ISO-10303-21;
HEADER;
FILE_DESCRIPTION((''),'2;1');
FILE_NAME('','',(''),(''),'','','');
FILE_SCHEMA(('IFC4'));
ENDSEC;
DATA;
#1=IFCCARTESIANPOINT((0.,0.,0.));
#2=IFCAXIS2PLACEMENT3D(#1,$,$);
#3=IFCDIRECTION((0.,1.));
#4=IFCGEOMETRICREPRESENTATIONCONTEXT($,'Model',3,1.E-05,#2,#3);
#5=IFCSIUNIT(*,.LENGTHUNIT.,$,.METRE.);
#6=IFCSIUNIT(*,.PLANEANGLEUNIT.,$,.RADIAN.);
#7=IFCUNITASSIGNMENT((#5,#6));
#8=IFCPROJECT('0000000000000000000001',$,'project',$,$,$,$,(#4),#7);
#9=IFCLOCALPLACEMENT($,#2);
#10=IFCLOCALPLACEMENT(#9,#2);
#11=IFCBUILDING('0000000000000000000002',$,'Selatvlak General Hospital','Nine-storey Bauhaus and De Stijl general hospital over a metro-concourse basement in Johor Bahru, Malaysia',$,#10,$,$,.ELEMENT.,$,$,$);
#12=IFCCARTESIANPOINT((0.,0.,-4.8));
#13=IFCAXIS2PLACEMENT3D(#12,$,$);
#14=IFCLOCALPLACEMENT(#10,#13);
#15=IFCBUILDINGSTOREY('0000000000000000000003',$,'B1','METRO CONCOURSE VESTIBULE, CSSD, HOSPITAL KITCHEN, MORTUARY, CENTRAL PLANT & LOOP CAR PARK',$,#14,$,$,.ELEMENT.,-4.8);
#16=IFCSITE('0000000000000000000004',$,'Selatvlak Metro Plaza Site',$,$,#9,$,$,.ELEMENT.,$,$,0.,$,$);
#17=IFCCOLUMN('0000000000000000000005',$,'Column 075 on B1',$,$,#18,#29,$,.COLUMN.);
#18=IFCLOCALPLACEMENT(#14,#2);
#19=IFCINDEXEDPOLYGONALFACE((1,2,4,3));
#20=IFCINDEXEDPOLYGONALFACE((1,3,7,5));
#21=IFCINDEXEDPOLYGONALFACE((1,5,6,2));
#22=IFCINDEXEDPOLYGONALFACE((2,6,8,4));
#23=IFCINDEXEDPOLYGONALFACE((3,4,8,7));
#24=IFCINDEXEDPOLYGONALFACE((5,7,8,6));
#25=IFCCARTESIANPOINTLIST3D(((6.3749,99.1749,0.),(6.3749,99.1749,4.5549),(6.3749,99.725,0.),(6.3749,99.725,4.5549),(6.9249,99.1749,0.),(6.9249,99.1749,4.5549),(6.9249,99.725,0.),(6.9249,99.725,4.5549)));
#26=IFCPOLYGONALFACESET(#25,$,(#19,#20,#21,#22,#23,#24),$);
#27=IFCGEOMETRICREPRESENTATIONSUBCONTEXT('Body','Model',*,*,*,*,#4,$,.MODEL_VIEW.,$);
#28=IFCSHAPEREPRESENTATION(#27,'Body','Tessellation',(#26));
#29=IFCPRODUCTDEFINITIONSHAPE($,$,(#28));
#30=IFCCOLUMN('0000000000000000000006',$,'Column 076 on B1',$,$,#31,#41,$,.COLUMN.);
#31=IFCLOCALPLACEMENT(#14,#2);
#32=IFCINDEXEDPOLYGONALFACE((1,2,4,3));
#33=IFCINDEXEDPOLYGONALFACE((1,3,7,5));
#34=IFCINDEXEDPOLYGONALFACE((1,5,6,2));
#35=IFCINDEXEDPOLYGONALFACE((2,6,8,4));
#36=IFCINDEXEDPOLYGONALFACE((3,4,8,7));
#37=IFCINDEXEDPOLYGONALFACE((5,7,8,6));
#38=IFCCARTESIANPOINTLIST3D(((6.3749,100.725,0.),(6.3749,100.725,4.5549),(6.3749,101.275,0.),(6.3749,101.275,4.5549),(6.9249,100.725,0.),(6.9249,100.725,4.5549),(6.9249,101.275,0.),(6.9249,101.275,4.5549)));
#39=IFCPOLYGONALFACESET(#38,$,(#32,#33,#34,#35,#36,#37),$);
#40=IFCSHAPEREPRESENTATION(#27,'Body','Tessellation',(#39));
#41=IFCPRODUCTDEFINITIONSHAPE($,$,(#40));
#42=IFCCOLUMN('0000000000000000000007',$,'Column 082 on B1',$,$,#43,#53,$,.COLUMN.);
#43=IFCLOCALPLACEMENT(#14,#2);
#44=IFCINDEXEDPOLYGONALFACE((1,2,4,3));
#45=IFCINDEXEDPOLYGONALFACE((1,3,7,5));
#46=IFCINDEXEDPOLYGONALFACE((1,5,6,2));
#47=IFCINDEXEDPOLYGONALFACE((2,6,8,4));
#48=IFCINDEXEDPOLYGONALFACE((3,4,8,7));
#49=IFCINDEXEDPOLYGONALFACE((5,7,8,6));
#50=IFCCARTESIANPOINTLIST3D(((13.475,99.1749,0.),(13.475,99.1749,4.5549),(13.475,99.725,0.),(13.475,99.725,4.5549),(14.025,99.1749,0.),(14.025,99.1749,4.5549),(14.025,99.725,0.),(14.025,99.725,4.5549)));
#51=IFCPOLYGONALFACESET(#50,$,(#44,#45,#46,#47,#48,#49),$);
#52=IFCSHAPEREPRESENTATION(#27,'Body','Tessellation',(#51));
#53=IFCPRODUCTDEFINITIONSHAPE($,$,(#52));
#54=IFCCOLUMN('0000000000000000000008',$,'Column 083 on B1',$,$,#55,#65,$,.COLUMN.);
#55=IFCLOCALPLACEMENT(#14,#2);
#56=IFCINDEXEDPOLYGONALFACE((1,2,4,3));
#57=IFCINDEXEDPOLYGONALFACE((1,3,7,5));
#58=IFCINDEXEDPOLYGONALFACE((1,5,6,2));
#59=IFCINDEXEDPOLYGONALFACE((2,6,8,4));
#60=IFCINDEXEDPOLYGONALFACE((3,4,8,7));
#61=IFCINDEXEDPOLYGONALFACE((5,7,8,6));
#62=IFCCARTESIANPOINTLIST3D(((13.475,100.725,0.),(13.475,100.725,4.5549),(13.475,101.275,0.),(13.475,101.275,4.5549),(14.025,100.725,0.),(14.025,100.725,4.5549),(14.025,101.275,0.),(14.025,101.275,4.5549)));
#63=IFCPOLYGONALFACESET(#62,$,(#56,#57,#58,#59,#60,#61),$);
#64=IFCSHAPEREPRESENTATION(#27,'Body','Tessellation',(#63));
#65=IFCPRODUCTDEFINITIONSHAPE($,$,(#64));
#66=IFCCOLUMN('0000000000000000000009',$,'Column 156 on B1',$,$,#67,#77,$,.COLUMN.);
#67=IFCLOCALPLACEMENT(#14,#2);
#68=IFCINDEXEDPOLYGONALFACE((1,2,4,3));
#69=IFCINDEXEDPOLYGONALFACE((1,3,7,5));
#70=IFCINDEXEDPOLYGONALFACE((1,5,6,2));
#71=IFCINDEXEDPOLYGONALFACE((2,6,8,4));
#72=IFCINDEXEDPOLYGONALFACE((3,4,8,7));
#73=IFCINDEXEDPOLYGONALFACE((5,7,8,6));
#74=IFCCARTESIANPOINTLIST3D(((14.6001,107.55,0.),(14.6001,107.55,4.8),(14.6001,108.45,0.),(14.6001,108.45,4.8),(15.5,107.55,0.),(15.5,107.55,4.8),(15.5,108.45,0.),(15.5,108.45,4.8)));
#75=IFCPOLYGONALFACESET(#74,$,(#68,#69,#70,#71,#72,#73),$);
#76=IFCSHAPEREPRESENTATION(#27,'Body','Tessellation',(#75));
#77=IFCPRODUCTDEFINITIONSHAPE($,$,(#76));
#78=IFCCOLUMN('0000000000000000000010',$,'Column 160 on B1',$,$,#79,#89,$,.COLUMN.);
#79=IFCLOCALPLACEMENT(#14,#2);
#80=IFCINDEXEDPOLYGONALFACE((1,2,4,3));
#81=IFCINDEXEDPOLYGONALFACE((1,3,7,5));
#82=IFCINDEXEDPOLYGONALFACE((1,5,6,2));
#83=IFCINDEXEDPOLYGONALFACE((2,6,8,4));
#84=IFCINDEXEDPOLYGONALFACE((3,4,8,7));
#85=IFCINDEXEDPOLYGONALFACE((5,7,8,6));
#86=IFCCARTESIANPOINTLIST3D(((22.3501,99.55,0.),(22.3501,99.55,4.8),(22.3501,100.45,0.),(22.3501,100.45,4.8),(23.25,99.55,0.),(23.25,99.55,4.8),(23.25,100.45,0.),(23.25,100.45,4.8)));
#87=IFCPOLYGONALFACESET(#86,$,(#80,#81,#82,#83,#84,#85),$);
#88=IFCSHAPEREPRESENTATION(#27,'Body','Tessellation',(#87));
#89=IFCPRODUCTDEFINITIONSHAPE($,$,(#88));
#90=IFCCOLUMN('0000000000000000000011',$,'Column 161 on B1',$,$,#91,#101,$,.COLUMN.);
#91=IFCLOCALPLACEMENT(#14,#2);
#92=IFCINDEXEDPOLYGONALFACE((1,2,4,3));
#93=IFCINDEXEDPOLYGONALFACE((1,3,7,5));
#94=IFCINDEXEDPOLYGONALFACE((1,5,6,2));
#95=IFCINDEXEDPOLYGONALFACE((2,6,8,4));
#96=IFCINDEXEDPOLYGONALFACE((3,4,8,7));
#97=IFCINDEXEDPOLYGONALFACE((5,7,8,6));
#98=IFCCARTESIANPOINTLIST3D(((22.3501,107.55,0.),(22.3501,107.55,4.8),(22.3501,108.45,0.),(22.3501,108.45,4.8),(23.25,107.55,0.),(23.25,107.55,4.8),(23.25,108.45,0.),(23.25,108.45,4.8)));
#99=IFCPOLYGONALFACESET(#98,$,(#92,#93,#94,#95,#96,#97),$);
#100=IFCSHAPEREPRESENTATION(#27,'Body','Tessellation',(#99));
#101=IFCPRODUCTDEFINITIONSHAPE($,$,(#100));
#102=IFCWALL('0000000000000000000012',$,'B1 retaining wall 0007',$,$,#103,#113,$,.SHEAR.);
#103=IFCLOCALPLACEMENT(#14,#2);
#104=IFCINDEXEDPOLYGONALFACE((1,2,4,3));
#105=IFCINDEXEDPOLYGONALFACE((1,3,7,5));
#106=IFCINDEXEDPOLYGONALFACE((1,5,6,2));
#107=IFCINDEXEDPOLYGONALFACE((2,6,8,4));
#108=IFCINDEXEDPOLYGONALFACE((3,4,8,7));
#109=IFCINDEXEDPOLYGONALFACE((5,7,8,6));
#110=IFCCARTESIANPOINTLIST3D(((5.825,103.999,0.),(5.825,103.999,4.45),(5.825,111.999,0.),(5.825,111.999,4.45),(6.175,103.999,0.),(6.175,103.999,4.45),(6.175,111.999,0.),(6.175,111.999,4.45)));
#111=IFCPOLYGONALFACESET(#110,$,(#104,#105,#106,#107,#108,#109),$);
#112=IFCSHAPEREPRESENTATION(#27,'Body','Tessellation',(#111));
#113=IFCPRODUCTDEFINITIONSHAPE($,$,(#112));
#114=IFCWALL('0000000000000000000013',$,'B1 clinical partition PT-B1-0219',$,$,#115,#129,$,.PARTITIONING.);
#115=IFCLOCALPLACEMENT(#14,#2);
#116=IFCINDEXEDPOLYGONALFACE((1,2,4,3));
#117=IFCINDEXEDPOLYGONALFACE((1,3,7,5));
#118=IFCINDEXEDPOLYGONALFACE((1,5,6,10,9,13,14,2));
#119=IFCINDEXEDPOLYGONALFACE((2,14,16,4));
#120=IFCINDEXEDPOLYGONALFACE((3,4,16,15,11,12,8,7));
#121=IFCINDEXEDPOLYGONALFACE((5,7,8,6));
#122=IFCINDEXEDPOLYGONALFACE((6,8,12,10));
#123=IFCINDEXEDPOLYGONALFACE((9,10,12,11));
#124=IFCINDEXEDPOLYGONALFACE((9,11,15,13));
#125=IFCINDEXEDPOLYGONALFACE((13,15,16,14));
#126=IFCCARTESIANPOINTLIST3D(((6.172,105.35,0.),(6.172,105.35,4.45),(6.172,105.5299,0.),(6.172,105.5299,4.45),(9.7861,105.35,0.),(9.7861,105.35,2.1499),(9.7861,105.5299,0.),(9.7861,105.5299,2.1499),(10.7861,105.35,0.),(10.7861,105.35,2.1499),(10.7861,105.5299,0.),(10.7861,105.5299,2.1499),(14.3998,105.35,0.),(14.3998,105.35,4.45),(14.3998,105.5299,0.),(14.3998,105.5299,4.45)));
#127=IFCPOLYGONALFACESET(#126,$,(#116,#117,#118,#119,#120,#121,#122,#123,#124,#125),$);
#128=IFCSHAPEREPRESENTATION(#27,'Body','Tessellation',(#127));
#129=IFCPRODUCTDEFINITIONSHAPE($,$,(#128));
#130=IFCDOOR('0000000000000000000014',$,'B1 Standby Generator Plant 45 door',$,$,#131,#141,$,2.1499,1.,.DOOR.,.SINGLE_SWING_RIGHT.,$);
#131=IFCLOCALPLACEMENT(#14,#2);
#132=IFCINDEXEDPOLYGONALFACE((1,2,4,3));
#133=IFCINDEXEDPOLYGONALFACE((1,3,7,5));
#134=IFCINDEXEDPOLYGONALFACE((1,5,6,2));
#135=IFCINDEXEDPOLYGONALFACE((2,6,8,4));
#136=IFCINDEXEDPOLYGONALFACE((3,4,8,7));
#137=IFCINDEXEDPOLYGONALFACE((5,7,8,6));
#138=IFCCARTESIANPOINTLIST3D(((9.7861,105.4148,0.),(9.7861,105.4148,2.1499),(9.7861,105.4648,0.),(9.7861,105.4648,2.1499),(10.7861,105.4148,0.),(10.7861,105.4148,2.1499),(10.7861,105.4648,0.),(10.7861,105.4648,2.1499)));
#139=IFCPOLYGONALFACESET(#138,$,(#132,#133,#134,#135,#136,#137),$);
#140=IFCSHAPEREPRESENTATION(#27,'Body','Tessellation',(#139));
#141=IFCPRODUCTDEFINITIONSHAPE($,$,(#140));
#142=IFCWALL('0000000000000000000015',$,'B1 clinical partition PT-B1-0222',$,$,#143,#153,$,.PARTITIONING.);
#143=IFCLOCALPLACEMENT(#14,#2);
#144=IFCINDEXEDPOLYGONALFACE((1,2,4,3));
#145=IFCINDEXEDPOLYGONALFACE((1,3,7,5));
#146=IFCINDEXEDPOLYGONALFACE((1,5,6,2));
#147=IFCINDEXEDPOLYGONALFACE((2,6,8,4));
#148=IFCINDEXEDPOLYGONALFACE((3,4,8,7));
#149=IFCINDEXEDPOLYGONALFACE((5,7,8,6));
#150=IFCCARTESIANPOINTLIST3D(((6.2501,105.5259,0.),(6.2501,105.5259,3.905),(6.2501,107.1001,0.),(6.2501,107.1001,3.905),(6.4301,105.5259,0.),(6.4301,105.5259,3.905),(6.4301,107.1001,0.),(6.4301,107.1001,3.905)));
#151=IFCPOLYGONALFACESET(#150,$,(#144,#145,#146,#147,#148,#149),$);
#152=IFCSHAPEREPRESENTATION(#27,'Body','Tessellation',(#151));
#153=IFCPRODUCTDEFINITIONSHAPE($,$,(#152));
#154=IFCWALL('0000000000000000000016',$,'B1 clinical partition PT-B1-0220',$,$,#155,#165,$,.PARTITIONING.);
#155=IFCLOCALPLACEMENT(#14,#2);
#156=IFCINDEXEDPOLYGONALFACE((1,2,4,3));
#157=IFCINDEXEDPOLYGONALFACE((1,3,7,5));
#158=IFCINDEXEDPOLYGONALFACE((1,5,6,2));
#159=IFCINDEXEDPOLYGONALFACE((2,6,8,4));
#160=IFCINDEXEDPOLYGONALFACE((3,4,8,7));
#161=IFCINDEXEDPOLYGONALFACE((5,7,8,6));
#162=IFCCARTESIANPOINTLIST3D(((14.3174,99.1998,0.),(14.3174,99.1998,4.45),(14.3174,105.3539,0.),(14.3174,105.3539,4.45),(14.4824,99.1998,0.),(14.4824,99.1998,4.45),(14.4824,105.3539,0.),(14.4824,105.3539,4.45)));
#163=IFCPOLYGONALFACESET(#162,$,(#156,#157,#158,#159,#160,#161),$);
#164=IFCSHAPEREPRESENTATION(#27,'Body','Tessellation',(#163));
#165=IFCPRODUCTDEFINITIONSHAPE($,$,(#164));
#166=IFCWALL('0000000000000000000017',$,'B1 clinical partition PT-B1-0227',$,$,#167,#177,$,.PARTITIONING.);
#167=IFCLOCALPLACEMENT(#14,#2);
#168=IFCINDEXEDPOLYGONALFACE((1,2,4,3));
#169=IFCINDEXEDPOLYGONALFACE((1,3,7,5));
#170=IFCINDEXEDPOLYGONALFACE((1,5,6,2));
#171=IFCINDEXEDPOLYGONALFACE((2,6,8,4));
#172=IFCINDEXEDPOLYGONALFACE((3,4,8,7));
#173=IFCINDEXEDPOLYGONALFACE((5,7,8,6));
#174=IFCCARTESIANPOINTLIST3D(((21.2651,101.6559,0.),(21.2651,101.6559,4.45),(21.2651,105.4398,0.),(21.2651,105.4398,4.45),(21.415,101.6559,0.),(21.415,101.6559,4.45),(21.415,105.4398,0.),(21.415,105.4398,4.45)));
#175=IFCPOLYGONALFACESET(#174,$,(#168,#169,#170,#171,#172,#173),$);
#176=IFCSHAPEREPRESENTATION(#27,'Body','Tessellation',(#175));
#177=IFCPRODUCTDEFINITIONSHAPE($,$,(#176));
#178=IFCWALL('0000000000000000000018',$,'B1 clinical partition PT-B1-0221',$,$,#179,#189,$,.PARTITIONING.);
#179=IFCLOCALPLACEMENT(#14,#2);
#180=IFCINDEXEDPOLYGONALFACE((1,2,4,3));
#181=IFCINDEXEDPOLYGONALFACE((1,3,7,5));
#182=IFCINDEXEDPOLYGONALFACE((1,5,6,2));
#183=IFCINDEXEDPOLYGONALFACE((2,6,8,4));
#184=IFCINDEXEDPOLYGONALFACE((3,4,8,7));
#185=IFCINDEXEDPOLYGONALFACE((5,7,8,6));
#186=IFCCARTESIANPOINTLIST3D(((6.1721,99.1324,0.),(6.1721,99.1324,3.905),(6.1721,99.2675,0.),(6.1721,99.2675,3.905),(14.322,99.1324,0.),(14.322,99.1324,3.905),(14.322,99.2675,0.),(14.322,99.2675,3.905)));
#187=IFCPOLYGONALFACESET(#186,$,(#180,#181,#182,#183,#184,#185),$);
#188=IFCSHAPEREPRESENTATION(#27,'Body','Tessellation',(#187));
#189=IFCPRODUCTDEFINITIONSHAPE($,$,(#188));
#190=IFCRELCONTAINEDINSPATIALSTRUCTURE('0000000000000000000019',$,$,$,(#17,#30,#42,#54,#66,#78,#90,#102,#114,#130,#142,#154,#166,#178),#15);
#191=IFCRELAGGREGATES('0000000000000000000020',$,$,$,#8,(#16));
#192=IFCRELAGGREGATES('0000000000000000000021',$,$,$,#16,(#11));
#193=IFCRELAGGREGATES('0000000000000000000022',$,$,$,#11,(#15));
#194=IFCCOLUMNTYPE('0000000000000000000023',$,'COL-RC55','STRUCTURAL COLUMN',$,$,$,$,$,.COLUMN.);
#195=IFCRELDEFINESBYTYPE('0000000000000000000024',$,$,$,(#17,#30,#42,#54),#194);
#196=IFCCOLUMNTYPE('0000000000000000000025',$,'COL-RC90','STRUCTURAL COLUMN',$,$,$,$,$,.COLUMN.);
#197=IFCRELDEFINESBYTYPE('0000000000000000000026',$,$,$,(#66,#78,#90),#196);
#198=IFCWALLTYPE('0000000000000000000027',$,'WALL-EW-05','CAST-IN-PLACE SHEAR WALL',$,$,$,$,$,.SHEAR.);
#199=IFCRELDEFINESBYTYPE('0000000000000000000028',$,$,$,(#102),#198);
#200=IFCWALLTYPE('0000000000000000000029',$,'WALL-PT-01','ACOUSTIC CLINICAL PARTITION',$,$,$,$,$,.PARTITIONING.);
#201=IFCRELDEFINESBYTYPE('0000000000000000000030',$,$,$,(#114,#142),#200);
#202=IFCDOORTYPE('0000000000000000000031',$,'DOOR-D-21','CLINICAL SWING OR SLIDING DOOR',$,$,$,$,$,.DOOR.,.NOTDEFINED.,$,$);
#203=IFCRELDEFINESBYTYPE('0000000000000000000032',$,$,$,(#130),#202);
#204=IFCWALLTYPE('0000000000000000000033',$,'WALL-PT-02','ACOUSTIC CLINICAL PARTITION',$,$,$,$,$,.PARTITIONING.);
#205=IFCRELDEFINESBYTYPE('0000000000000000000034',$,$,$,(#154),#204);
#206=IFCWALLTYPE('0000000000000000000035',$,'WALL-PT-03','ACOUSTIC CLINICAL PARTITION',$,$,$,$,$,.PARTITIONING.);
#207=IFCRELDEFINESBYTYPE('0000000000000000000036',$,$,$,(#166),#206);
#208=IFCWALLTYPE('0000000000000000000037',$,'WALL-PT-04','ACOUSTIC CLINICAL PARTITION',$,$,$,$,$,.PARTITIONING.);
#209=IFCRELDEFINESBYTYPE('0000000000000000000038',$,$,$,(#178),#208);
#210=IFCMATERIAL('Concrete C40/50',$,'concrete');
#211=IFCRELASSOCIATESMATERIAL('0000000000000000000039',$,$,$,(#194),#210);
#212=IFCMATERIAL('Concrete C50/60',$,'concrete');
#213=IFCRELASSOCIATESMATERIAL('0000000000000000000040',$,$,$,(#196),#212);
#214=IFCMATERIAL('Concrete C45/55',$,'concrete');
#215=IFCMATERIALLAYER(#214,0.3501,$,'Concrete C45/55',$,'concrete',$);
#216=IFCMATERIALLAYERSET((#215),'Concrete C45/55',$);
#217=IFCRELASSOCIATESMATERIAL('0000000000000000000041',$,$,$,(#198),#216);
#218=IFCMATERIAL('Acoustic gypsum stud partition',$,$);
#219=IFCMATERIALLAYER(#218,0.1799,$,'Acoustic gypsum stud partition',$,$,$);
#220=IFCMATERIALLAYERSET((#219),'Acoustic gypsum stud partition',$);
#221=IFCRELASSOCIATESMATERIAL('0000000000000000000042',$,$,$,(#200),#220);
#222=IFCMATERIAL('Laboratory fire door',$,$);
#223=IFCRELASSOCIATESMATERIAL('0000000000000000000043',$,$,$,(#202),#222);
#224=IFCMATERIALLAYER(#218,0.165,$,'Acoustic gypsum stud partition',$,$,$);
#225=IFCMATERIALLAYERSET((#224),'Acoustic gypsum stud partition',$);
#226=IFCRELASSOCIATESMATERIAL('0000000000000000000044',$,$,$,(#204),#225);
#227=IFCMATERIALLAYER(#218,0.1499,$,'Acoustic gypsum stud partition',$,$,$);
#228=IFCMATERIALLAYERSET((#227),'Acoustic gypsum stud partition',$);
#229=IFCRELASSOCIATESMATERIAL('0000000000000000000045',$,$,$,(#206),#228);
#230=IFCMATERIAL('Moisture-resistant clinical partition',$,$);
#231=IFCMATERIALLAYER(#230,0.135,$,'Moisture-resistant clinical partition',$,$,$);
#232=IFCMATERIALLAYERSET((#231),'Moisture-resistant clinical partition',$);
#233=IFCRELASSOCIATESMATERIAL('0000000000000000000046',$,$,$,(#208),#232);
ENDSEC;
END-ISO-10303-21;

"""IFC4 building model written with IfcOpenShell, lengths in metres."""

from ifc_helpers import new_model, si_unit, direction, frame, frame_2d, origin, origin_2d, place, context, subcontext, project, spatial, rectangle, extrude, material, layer, layer_set, material_profile, profile_set, type_object, element, fill, save


model = new_model("IFC4")

# Units and contexts
model_context = context("Model", 3, precision=1e-05, world=origin(), true_north=direction((0.0, 1.0)))
body_context = subcontext(model_context, "Body", "Model", "MODEL_VIEW")
ifc_project = project(units=[si_unit("LENGTHUNIT", "METRE"), si_unit("PLANEANGLEUNIT", "RADIAN")], contexts=[model_context])

# Site, building, storey
site_placement = place(None, origin())
site = spatial("IfcSite", under=ifc_project, at=site_placement, Name="Selatvlak Metro Plaza Site", CompositionType="ELEMENT", RefElevation=0.0)
building_placement = place(site_placement, origin())
building = spatial("IfcBuilding", under=site, at=building_placement, Name="Selatvlak General Hospital", Description="Nine-storey Bauhaus and De Stijl general hospital over a metro-concourse basement in Johor Bahru, Malaysia", CompositionType="ELEMENT")
storey_placement = place(building_placement, frame((0.0, 0.0, -4.8)))
storey = spatial("IfcBuildingStorey", under=building, at=storey_placement, Name="B1", Description="METRO CONCOURSE VESTIBULE, CSSD, HOSPITAL KITCHEN, MORTUARY, CENTRAL PLANT & LOOP CAR PARK", CompositionType="ELEMENT", Elevation=-4.8)

# Shared definitions
ifc_material_1 = material(Name="Concrete C40/50", Category="concrete")

# Columns
ifc_material_profile_1 = material_profile(ifc_material_1, rectangle(XDim=0.55, YDim=0.55, at=origin_2d()), Name="RC-COL 550x550")
ifc_profile_set_1 = profile_set([ifc_material_profile_1], Name="Concrete C40/50")
column_type_1 = type_object("IfcColumnType", Name="COL-RC55", Description="STRUCTURAL COLUMN", PredefinedType="COLUMN", material=ifc_profile_set_1)
for number, where, z_axis, x_axis, name in (
    (1, (6.6499, 99.45, 0.0), (0.0, 0.0, 1.0), (1.0, 0.0, 0.0), "Column 075 on B1"),
    (2, (6.6499, 101.0, 0.0), (0.0, 0.0, 1.0), (1.0, 0.0, 0.0), "Column 076 on B1"),
    (3, (13.75, 99.45, 0.0), (0.0, 0.0, 1.0), (1.0, 0.0, 0.0), "Column 082 on B1"),
    (4, (13.75, 101.0, 0.0), (0.0, 0.0, 1.0), (1.0, 0.0, 0.0), "Column 083 on B1"),
):
    element("IfcColumn", number, at=place(storey_placement, frame(where, z_axis=z_axis, x_axis=x_axis)), inside=storey, type_object=column_type_1, Name=name, PredefinedType="COLUMN", context=body_context, shape_type="SweptSolid", body=[
        extrude(rectangle(XDim=0.55, YDim=0.55, at=origin_2d()), origin(), (0.0, 0.0, 1.0), 4.5549),
    ])
ifc_material_2 = material(Name="Concrete C50/60", Category="concrete")
ifc_material_profile_2 = material_profile(ifc_material_2, rectangle(XDim=0.8999, YDim=0.8999, at=origin_2d()), Name="RC-COL 900x900")
ifc_profile_set_2 = profile_set([ifc_material_profile_2], Name="Concrete C50/60")
column_type_2 = type_object("IfcColumnType", Name="COL-RC90", Description="STRUCTURAL COLUMN", PredefinedType="COLUMN", material=ifc_profile_set_2)
for number, where, z_axis, x_axis, name in (
    (5, (15.05, 108.0, 0.0), (0.0, 0.0, 1.0), (1.0, 0.0, 0.0), "Column 156 on B1"),
    (6, (22.8, 100.0, 0.0), (0.0, 0.0, 1.0), (1.0, 0.0, 0.0), "Column 160 on B1"),
    (7, (22.8, 108.0, 0.0), (0.0, 0.0, 1.0), (1.0, 0.0, 0.0), "Column 161 on B1"),
):
    element("IfcColumn", number, at=place(storey_placement, frame(where, z_axis=z_axis, x_axis=x_axis)), inside=storey, type_object=column_type_2, Name=name, PredefinedType="COLUMN", context=body_context, shape_type="SweptSolid", body=[
        extrude(rectangle(XDim=0.8999, YDim=0.8999, at=origin_2d()), origin(), (0.0, 0.0, 1.0), 4.8),
    ])

# Wall
ifc_material_3 = material(Name="Concrete C45/55", Category="concrete")
ifc_layer_1 = layer(ifc_material_3, 0.3501, Name="Concrete C45/55", Category="concrete")
ifc_layer_set_1 = layer_set([ifc_layer_1], Name="Concrete C45/55")
wall_type_1 = type_object("IfcWallType", Name="WALL-EW-05", Description="CAST-IN-PLACE SHEAR WALL", PredefinedType="SHEAR", material=ifc_layer_set_1)
wall_1_placement = place(storey_placement, frame((6.0, 103.999, 0.0), z_axis=(0.0, 0.0, 1.0), x_axis=(0.0, 1.0, 0.0)))
element("IfcWall", 8, at=wall_1_placement, inside=storey, type_object=wall_type_1, Name="B1 retaining wall 0007", PredefinedType="SHEAR", context=body_context, shape_type="SweptSolid", body=[
    extrude(rectangle(XDim=8.0, YDim=0.3501, at=frame_2d((4.0, 0.0))), origin(), (0.0, 0.0, 1.0), 4.45),
])

# Wall, opening, door
ifc_material_4 = material(Name="Acoustic gypsum stud partition")
ifc_layer_2 = layer(ifc_material_4, 0.1799, Name="Acoustic gypsum stud partition")
ifc_layer_set_2 = layer_set([ifc_layer_2], Name="Acoustic gypsum stud partition")
wall_type_2 = type_object("IfcWallType", Name="WALL-PT-01", Description="ACOUSTIC CLINICAL PARTITION", PredefinedType="PARTITIONING", material=ifc_layer_set_2)
wall_2_placement = place(storey_placement, frame((6.1721, 105.4399, 0.0), z_axis=(0.0, 0.0, 1.0), x_axis=(1.0, 0.0, 0.0)))
wall_2 = element("IfcWall", 9, at=wall_2_placement, inside=storey, type_object=wall_type_2, Name="B1 clinical partition PT-B1-0219", PredefinedType="PARTITIONING", context=body_context, shape_type="SweptSolid", body=[
    extrude(rectangle(XDim=8.2278, YDim=0.1799, at=frame_2d((4.1138, 0.0))), origin(), (0.0, 0.0, 1.0), 4.45),
])
opening_1_placement = place(wall_2_placement, frame((3.614, 0.0, 0.0)))
opening_1 = element("IfcOpeningElement", 10, at=opening_1_placement, cuts=wall_2, PredefinedType="OPENING", context=body_context, shape_type="SweptSolid", body=[
    extrude(rectangle(XDim=1.0, YDim=2.1499, at=frame_2d((0.5, 1.075))), frame((0.0, 0.0999, 0.0), z_axis=(0.0, -1.0, 0.0), x_axis=(1.0, 0.0, 0.0)), (0.0, 0.0, 1.0), 0.2),
])
ifc_material_5 = material(Name="Laboratory fire door")
door_type_1 = type_object("IfcDoorType", Name="DOOR-D-21", Description="CLINICAL SWING OR SLIDING DOOR", OperationType="NOTDEFINED", PredefinedType="DOOR", material=ifc_material_5)
door_1_placement = place(opening_1_placement, origin())
door_1 = element("IfcDoor", 11, at=door_1_placement, inside=storey, type_object=door_type_1, Name="B1 Standby Generator Plant 45 door", OperationType="SINGLE_SWING_RIGHT", OverallHeight=2.1499, OverallWidth=1.0, PredefinedType="DOOR", context=body_context, shape_type="SweptSolid", body=[
    extrude(rectangle(XDim=1.0, YDim=2.1499, at=frame_2d((0.5, 1.075))), frame((0.0, 0.0249, 0.0), z_axis=(0.0, -1.0, 0.0), x_axis=(1.0, 0.0, 0.0)), (0.0, 0.0, 1.0), 0.05),
])
fill(opening_1, door_1)

# Walls
wall_3_placement = place(storey_placement, frame((6.3401, 107.1001, 0.0), z_axis=(0.0, 0.0, 1.0), x_axis=(0.0, -1.0, 0.0)))
element("IfcWall", 12, at=wall_3_placement, inside=storey, type_object=wall_type_2, Name="B1 clinical partition PT-B1-0222", PredefinedType="PARTITIONING", context=body_context, shape_type="SweptSolid", body=[
    extrude(rectangle(XDim=1.5742, YDim=0.1799, at=frame_2d((0.7871, 0.0))), origin(), (0.0, 0.0, 1.0), 3.905),
])
ifc_layer_3 = layer(ifc_material_4, 0.165, Name="Acoustic gypsum stud partition")
ifc_layer_set_3 = layer_set([ifc_layer_3], Name="Acoustic gypsum stud partition")
wall_type_3 = type_object("IfcWallType", Name="WALL-PT-02", Description="ACOUSTIC CLINICAL PARTITION", PredefinedType="PARTITIONING", material=ifc_layer_set_3)
wall_4_placement = place(storey_placement, frame((14.3999, 105.354, 0.0), z_axis=(0.0, 0.0, 1.0), x_axis=(0.0, -1.0, 0.0)))
element("IfcWall", 13, at=wall_4_placement, inside=storey, type_object=wall_type_3, Name="B1 clinical partition PT-B1-0220", PredefinedType="PARTITIONING", context=body_context, shape_type="SweptSolid", body=[
    extrude(rectangle(XDim=6.1541, YDim=0.165, at=frame_2d((3.0771, 0.0))), origin(), (0.0, 0.0, 1.0), 4.45),
])
ifc_layer_4 = layer(ifc_material_4, 0.1499, Name="Acoustic gypsum stud partition")
ifc_layer_set_4 = layer_set([ifc_layer_4], Name="Acoustic gypsum stud partition")
wall_type_4 = type_object("IfcWallType", Name="WALL-PT-03", Description="ACOUSTIC CLINICAL PARTITION", PredefinedType="PARTITIONING", material=ifc_layer_set_4)
wall_5_placement = place(storey_placement, frame((21.3401, 105.4399, 0.0), z_axis=(0.0, 0.0, 1.0), x_axis=(0.0, -1.0, 0.0)))
element("IfcWall", 14, at=wall_5_placement, inside=storey, type_object=wall_type_4, Name="B1 clinical partition PT-B1-0227", PredefinedType="PARTITIONING", context=body_context, shape_type="SweptSolid", body=[
    extrude(rectangle(XDim=3.7839, YDim=0.1499, at=frame_2d((1.8921, 0.0))), origin(), (0.0, 0.0, 1.0), 4.45),
])
ifc_material_6 = material(Name="Moisture-resistant clinical partition")
ifc_layer_5 = layer(ifc_material_6, 0.135, Name="Moisture-resistant clinical partition")
ifc_layer_set_5 = layer_set([ifc_layer_5], Name="Moisture-resistant clinical partition")
wall_type_5 = type_object("IfcWallType", Name="WALL-PT-04", Description="ACOUSTIC CLINICAL PARTITION", PredefinedType="PARTITIONING", material=ifc_layer_set_5)
wall_6_placement = place(storey_placement, frame((14.322, 99.2, 0.0), z_axis=(0.0, 0.0, 1.0), x_axis=(-1.0, 0.0, 0.0)))
element("IfcWall", 15, at=wall_6_placement, inside=storey, type_object=wall_type_5, Name="B1 clinical partition PT-B1-0221", PredefinedType="PARTITIONING", context=body_context, shape_type="SweptSolid", body=[
    extrude(rectangle(XDim=8.1499, YDim=0.135, at=frame_2d((4.075, 0.0))), origin(), (0.0, 0.0, 1.0), 3.905),
])

save(model, "model.ifc")
